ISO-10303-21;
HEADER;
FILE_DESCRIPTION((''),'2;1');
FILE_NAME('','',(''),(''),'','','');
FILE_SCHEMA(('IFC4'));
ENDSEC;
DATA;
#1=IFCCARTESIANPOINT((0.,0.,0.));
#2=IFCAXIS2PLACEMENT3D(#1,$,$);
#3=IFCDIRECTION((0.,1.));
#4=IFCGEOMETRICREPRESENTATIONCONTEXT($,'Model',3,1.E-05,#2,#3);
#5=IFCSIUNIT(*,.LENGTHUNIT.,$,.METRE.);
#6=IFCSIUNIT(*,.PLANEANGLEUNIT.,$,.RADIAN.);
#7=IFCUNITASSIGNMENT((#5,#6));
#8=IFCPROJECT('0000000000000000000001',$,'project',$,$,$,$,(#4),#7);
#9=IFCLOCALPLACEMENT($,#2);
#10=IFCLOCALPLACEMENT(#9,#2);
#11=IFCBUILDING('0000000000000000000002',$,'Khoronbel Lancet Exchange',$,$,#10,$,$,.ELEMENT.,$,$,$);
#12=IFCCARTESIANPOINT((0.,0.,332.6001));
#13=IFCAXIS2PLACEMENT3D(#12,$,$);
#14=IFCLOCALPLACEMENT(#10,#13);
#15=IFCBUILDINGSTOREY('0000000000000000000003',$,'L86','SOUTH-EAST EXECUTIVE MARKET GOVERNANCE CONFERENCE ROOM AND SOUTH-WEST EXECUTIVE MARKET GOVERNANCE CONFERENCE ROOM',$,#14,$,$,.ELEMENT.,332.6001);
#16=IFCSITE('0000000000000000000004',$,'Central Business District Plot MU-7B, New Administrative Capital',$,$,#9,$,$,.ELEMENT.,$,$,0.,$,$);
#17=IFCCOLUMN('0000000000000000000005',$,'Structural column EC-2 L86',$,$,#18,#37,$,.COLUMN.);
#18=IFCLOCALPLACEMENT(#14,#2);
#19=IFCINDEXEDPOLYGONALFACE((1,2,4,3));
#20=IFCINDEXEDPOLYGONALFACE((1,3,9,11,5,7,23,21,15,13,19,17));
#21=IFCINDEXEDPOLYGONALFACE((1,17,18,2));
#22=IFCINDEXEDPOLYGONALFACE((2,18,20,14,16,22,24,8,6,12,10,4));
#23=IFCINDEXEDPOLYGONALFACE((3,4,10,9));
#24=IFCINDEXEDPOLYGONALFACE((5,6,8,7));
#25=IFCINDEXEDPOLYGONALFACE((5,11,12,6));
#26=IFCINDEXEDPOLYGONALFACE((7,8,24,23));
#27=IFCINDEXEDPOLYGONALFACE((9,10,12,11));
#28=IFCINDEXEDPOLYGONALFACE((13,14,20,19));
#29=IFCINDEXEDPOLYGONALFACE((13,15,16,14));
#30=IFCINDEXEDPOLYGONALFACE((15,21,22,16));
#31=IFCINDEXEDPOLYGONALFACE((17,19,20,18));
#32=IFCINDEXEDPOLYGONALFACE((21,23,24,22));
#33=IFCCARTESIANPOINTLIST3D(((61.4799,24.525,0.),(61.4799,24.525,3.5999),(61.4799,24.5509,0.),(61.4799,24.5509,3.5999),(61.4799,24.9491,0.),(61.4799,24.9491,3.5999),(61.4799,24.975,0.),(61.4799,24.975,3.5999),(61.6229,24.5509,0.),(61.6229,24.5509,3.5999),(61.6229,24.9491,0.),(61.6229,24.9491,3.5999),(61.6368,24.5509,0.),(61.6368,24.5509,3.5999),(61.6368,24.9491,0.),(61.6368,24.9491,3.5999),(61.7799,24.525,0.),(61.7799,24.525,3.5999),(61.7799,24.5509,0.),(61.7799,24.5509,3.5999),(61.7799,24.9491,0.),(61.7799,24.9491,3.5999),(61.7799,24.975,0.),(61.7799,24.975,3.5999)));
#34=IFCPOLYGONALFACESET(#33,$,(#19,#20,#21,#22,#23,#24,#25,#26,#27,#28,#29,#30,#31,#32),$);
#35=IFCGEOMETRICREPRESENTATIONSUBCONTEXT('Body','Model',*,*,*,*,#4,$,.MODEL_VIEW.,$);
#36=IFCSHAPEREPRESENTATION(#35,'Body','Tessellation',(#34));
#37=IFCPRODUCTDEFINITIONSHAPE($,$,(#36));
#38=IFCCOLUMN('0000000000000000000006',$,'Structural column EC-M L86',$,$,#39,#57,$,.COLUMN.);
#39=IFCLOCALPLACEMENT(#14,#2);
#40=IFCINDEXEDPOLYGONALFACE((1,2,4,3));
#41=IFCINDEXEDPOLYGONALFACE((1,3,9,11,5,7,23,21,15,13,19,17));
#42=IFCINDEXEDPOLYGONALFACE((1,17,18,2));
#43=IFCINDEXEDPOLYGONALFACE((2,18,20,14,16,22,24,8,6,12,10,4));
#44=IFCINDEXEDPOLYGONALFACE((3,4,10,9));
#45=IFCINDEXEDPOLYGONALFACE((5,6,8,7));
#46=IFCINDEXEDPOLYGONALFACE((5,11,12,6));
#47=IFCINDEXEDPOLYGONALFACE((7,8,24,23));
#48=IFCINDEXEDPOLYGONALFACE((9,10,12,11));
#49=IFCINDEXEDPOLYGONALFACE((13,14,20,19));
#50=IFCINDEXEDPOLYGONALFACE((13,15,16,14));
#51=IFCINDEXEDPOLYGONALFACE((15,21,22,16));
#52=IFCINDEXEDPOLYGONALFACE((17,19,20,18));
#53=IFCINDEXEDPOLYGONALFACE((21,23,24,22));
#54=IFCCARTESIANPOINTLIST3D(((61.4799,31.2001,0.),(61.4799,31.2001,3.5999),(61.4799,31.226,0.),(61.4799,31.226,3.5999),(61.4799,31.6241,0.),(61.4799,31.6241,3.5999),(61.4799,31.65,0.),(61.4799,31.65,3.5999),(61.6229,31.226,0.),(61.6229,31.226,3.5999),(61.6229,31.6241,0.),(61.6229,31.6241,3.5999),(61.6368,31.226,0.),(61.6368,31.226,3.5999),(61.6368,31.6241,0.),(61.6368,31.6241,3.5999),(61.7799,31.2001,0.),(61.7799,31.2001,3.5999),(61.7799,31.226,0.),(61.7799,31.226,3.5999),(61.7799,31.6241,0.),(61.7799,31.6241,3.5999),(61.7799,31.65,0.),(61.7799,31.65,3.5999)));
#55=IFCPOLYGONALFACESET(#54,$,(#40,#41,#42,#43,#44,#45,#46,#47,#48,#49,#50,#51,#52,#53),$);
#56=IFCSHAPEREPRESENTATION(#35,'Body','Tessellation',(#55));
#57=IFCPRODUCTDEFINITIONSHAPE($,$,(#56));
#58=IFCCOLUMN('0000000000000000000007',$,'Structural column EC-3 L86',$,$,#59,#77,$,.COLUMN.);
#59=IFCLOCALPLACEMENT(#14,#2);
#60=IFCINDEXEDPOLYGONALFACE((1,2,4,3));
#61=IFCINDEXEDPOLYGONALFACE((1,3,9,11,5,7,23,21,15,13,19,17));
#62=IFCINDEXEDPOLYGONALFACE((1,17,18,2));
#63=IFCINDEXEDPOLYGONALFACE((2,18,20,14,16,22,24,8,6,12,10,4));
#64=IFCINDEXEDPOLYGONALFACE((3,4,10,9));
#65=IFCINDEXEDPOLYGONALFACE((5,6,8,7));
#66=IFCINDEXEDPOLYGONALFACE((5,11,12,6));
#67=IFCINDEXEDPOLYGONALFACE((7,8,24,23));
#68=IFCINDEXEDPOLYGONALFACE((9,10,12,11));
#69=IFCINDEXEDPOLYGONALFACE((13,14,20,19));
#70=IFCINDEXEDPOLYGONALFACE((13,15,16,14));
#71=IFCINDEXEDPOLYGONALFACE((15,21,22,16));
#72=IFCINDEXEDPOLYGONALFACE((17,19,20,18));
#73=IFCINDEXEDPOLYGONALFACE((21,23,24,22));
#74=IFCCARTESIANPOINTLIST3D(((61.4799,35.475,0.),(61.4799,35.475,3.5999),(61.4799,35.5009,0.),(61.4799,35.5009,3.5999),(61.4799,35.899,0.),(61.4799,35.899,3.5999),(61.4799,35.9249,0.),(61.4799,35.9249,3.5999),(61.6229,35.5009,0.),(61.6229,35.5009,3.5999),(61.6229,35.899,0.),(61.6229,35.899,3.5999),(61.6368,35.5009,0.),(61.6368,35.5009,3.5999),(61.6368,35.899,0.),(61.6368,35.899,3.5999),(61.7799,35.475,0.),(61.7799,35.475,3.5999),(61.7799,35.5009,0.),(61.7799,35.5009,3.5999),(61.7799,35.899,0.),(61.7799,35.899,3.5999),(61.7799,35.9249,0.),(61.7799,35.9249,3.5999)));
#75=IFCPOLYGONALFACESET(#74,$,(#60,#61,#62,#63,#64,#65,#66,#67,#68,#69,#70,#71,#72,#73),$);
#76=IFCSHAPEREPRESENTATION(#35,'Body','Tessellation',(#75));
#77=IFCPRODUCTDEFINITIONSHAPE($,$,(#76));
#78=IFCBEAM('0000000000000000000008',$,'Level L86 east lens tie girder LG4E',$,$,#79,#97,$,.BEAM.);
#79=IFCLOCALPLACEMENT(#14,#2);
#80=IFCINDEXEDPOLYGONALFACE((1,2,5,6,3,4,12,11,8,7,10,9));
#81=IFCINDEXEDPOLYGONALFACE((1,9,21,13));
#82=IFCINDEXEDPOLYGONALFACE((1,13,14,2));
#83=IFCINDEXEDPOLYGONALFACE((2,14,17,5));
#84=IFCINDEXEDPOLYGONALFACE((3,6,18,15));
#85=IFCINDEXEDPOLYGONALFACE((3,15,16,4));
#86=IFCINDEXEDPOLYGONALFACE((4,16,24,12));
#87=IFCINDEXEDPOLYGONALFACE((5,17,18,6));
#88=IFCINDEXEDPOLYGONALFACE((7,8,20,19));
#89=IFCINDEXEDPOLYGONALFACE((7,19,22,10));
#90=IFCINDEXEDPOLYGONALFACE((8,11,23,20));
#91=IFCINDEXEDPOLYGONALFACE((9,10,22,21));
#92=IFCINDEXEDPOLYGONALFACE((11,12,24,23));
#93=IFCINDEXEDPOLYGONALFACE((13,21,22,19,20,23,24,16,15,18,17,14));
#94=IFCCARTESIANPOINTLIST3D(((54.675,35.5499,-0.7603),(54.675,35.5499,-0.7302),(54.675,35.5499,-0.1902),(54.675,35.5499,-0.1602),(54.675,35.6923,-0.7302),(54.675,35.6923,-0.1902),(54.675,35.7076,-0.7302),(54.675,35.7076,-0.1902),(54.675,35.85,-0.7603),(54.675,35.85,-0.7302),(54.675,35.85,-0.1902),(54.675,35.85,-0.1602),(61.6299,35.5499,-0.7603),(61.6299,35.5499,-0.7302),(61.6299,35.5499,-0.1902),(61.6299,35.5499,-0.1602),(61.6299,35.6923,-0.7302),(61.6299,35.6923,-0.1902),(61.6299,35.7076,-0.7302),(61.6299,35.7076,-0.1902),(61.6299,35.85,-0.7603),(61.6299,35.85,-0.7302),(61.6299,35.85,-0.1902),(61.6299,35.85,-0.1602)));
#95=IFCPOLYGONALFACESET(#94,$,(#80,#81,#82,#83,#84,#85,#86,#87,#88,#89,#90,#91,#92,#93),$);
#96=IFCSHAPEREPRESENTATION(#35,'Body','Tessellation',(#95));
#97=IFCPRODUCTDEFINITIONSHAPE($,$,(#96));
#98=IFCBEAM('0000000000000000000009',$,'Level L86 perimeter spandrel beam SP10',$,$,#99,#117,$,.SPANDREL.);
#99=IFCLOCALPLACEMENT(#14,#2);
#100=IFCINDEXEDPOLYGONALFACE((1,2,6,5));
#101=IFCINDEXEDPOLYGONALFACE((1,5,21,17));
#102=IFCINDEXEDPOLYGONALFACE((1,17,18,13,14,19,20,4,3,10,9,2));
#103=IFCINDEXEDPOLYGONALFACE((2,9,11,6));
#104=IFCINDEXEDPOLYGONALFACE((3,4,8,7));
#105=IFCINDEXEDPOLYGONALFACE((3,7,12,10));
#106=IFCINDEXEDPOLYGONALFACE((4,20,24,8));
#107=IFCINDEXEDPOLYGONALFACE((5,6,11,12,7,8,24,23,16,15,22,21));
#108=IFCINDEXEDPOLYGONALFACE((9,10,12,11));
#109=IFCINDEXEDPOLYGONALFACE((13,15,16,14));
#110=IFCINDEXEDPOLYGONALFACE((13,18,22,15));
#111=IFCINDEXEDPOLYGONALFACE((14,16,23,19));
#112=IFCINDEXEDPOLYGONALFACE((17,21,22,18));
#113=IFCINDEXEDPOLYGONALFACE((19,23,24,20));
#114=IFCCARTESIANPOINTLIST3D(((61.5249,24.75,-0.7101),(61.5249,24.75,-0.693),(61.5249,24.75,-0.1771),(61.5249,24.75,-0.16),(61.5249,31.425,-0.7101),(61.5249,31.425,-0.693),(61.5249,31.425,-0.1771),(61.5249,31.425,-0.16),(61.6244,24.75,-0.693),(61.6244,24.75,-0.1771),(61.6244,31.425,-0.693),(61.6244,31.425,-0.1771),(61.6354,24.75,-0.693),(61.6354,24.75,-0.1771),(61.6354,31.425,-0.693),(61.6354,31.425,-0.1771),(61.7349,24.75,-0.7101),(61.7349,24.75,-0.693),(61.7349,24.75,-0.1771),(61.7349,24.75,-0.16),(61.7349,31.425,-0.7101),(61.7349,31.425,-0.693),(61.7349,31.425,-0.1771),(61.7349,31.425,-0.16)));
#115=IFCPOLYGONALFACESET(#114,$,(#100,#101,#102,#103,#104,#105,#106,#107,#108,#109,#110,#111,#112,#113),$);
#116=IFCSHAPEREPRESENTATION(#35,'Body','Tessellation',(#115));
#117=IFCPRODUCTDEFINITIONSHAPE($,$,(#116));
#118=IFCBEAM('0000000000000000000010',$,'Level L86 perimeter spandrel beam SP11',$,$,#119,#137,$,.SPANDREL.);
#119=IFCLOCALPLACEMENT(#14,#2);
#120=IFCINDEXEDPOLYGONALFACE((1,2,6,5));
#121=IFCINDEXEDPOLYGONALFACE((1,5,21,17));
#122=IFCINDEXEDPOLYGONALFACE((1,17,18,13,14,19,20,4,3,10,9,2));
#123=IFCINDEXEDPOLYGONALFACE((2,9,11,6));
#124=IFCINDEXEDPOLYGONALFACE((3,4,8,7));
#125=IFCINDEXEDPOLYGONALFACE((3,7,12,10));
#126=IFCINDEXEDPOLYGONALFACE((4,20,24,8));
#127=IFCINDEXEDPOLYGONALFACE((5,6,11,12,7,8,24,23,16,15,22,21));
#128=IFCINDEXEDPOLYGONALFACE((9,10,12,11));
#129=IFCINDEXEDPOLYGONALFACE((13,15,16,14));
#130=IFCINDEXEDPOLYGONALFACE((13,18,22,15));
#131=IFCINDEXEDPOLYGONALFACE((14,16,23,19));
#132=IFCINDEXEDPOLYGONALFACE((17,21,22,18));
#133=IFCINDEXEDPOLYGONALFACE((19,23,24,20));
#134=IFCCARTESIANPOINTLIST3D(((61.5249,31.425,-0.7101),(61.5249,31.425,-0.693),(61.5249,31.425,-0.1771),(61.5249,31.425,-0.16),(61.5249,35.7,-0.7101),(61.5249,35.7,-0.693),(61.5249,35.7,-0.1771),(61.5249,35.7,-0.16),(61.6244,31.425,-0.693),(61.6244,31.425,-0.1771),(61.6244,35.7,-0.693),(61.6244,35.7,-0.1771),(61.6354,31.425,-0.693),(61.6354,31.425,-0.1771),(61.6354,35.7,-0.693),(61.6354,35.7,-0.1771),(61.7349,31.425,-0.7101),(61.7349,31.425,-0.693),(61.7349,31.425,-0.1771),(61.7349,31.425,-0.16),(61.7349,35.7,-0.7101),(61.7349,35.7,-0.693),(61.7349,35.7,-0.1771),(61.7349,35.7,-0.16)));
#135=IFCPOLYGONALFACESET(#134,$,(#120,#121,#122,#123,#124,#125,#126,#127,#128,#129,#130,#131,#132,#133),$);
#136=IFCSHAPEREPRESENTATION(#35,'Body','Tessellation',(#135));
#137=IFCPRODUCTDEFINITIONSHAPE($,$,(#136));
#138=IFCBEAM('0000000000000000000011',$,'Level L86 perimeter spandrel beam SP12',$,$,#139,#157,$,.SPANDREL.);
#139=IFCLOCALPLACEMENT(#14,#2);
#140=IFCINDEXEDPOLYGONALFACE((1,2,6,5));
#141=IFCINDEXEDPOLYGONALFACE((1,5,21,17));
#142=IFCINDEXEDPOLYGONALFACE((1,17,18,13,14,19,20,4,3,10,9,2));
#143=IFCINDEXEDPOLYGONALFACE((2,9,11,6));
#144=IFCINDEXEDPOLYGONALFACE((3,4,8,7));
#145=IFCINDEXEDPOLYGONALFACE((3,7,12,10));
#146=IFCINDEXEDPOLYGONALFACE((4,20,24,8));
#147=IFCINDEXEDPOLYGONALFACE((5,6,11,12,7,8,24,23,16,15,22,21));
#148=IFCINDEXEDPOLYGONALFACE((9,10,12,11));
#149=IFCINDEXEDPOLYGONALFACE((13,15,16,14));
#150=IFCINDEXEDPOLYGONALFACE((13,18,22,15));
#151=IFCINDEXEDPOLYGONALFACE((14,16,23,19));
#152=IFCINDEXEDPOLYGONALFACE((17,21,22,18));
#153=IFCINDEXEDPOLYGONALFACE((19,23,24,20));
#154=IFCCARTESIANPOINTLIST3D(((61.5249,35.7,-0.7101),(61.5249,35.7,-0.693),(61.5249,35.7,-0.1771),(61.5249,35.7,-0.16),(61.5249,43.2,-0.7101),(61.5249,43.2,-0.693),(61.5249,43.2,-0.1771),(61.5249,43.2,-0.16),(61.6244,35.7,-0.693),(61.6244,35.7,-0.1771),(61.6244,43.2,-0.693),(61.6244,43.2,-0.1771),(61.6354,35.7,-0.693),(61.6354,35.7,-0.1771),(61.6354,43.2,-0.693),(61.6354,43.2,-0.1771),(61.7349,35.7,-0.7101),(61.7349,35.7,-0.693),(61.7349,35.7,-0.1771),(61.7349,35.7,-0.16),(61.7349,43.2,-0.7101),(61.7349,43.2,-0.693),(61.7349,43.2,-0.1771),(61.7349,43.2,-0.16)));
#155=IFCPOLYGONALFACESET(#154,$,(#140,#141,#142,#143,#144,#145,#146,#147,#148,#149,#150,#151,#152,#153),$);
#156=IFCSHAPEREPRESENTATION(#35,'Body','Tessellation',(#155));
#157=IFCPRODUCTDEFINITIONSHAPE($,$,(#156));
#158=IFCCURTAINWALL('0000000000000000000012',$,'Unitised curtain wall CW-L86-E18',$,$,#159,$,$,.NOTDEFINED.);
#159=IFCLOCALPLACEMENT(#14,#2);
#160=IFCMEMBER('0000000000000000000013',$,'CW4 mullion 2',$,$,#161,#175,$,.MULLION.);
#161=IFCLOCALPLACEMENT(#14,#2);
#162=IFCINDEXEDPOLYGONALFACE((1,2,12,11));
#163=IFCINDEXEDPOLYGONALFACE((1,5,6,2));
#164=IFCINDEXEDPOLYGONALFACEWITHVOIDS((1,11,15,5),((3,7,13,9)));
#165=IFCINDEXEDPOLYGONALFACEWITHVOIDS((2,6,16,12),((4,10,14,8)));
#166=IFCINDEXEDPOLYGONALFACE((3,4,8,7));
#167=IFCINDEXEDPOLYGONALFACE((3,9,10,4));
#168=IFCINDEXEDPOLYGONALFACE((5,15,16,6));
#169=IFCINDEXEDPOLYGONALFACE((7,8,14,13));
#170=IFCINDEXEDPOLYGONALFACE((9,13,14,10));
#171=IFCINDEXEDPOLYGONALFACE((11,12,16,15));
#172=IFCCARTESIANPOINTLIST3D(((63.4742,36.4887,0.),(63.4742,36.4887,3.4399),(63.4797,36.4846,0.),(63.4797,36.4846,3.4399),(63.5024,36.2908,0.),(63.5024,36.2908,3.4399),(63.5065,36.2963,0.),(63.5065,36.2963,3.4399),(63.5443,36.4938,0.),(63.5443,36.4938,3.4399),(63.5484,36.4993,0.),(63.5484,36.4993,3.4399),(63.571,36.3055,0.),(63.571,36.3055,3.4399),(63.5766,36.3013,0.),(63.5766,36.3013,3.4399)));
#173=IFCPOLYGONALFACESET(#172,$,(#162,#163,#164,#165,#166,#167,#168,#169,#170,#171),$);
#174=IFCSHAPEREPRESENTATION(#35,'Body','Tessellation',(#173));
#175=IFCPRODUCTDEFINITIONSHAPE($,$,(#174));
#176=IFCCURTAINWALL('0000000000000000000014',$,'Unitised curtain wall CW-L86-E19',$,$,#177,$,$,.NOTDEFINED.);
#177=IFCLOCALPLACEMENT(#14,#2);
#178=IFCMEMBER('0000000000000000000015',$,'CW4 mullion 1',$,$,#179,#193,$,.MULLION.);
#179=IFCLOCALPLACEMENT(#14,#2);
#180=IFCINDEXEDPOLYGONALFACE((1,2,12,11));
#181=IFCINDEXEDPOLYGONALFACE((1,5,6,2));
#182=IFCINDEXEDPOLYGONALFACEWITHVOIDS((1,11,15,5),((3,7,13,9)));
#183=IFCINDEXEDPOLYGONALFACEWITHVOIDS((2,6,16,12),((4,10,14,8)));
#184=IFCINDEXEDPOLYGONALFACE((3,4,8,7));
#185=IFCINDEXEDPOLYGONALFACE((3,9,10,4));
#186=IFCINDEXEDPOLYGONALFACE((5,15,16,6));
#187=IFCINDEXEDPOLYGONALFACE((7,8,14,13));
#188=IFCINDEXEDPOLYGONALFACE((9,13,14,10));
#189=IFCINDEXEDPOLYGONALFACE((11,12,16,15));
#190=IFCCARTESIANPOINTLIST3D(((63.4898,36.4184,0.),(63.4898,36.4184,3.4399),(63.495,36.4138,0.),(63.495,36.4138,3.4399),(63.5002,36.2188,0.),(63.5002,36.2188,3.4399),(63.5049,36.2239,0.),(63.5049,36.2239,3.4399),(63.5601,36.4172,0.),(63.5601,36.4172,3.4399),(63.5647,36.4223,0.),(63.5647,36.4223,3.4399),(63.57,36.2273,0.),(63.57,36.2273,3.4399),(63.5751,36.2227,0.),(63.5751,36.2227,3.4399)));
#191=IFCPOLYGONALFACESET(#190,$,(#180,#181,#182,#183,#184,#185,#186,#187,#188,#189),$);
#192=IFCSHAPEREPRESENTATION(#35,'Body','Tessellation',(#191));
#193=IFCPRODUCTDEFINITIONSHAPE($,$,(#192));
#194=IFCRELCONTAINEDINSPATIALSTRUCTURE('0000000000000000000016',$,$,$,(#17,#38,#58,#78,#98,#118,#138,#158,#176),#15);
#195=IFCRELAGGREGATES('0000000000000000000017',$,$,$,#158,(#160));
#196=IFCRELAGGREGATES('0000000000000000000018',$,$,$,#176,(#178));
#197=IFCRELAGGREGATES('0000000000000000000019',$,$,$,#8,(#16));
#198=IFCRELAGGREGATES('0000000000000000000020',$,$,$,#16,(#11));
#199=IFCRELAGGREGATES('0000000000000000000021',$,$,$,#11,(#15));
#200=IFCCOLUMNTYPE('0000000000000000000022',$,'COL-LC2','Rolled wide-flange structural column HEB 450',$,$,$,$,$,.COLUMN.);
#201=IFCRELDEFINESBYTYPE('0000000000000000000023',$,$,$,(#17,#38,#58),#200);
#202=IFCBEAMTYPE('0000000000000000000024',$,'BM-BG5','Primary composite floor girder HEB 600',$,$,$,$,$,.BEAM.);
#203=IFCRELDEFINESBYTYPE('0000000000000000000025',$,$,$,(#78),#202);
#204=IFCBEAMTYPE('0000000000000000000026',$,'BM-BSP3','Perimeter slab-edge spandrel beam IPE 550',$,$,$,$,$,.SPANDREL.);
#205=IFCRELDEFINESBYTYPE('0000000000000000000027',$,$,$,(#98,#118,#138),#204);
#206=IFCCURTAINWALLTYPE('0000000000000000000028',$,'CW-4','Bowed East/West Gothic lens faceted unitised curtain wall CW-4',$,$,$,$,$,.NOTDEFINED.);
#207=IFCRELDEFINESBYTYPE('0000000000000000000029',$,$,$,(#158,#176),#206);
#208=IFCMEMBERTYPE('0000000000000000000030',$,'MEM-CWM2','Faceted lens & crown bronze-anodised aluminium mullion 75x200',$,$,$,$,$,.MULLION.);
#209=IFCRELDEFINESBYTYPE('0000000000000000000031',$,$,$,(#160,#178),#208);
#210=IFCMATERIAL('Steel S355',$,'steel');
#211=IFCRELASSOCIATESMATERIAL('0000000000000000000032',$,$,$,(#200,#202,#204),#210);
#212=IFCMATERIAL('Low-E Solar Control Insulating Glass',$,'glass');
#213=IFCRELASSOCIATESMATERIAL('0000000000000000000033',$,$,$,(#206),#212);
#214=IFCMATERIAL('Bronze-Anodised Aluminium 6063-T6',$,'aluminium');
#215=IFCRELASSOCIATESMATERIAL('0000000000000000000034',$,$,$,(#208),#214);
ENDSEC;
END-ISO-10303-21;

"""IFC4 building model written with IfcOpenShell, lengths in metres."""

from ifc_helpers import new_model, si_unit, direction, frame, origin, origin_2d, place, context, subcontext, project, spatial, hollow_rectangle, i_section, extrude, material, material_profile, profile_set, type_object, element, aggregate, save


model = new_model("IFC4")

# Units and contexts
model_context = context("Model", 3, precision=1e-05, world=origin(), true_north=direction((0.0, 1.0)))
body_context = subcontext(model_context, "Body", "Model", "MODEL_VIEW")
ifc_project = project(units=[si_unit("LENGTHUNIT", "METRE"), si_unit("PLANEANGLEUNIT", "RADIAN")], contexts=[model_context])

# Site, building, storey
site_placement = place(None, origin())
site = spatial("IfcSite", under=ifc_project, at=site_placement, Name="Central Business District Plot MU-7B, New Administrative Capital", CompositionType="ELEMENT", RefElevation=0.0)
building_placement = place(site_placement, origin())
building = spatial("IfcBuilding", under=site, at=building_placement, Name="Khoronbel Lancet Exchange", CompositionType="ELEMENT")
storey_placement = place(building_placement, frame((0.0, 0.0, 332.6001)))
storey = spatial("IfcBuildingStorey", under=building, at=storey_placement, Name="L86", Description="SOUTH-EAST EXECUTIVE MARKET GOVERNANCE CONFERENCE ROOM AND SOUTH-WEST EXECUTIVE MARKET GOVERNANCE CONFERENCE ROOM", CompositionType="ELEMENT", Elevation=332.6001)

# Columns
ifc_material_1 = material(Name="Steel S355", Category="steel")
ifc_material_profile_1 = material_profile(ifc_material_1, i_section(OverallWidth=0.3, OverallDepth=0.45, WebThickness=0.0139, FlangeThickness=0.0259, at=origin_2d()), Name="HEB 450")
ifc_profile_set_1 = profile_set([ifc_material_profile_1], Name="Steel S355")
column_type = type_object("IfcColumnType", Name="COL-LC2", Description="Rolled wide-flange structural column HEB 450", PredefinedType="COLUMN", material=ifc_profile_set_1)
for number, where, z_axis, x_axis, name in (
    (1, (61.6299, 24.75, 0.0), (0.0, 0.0, 1.0), (1.0, 0.0, 0.0), "Structural column EC-2 L86"),
    (2, (61.6299, 31.425, 0.0), (0.0, 0.0, 1.0), (1.0, 0.0, 0.0), "Structural column EC-M L86"),
    (3, (61.6299, 35.7, 0.0), (0.0, 0.0, 1.0), (1.0, 0.0, 0.0), "Structural column EC-3 L86"),
):
    element("IfcColumn", number, at=place(storey_placement, frame(where, z_axis=z_axis, x_axis=x_axis)), inside=storey, type_object=column_type, Name=name, PredefinedType="COLUMN", context=body_context, shape_type="SweptSolid", body=[
        extrude(i_section(OverallWidth=0.3, OverallDepth=0.45, WebThickness=0.0139, FlangeThickness=0.0259, at=origin_2d()), origin(), (0.0, 0.0, 1.0), 3.5999),
    ])

# Beams
ifc_material_profile_2 = material_profile(ifc_material_1, i_section(OverallWidth=0.3, OverallDepth=0.6001, WebThickness=0.0154, FlangeThickness=0.03, at=origin_2d()), Name="HEB 600")
ifc_profile_set_2 = profile_set([ifc_material_profile_2], Name="Steel S355")
beam_type_1 = type_object("IfcBeamType", Name="BM-BG5", Description="Primary composite floor girder HEB 600", PredefinedType="BEAM", material=ifc_profile_set_2)
beam_1_placement = place(storey_placement, frame((54.675, 35.7, -0.4602), z_axis=(1.0, 0.0, 0.0), x_axis=(0.0, 1.0, 0.0)))
element("IfcBeam", 4, at=beam_1_placement, inside=storey, type_object=beam_type_1, Name="Level L86 east lens tie girder LG4E", PredefinedType="BEAM", context=body_context, shape_type="SweptSolid", body=[
    extrude(i_section(OverallWidth=0.3, OverallDepth=0.6001, WebThickness=0.0154, FlangeThickness=0.03, at=origin_2d()), origin(), (0.0, 0.0, 1.0), 6.9548),
])
ifc_material_profile_3 = material_profile(ifc_material_1, i_section(OverallWidth=0.21, OverallDepth=0.55, WebThickness=0.011, FlangeThickness=0.0171, at=origin_2d()), Name="IPE 550")
ifc_profile_set_3 = profile_set([ifc_material_profile_3], Name="Steel S355")
beam_type_2 = type_object("IfcBeamType", Name="BM-BSP3", Description="Perimeter slab-edge spandrel beam IPE 550", PredefinedType="SPANDREL", material=ifc_profile_set_3)
beam_2_placement = place(storey_placement, frame((61.6299, 24.75, -0.4351), z_axis=(0.0, 1.0, 0.0), x_axis=(-1.0, 0.0, 0.0)))
element("IfcBeam", 5, at=beam_2_placement, inside=storey, type_object=beam_type_2, Name="Level L86 perimeter spandrel beam SP10", PredefinedType="SPANDREL", context=body_context, shape_type="SweptSolid", body=[
    extrude(i_section(OverallWidth=0.21, OverallDepth=0.55, WebThickness=0.011, FlangeThickness=0.0171, at=origin_2d()), origin(), (0.0, 0.0, 1.0), 6.675),
])
beam_3_placement = place(storey_placement, frame((61.6299, 31.425, -0.4351), z_axis=(0.0, 1.0, 0.0), x_axis=(-1.0, 0.0, 0.0)))
element("IfcBeam", 6, at=beam_3_placement, inside=storey, type_object=beam_type_2, Name="Level L86 perimeter spandrel beam SP11", PredefinedType="SPANDREL", context=body_context, shape_type="SweptSolid", body=[
    extrude(i_section(OverallWidth=0.21, OverallDepth=0.55, WebThickness=0.011, FlangeThickness=0.0171, at=origin_2d()), origin(), (0.0, 0.0, 1.0), 4.2749),
])
beam_4_placement = place(storey_placement, frame((61.6299, 35.7, -0.4351), z_axis=(0.0, 1.0, 0.0), x_axis=(-1.0, 0.0, 0.0)))
element("IfcBeam", 7, at=beam_4_placement, inside=storey, type_object=beam_type_2, Name="Level L86 perimeter spandrel beam SP12", PredefinedType="SPANDREL", context=body_context, shape_type="SweptSolid", body=[
    extrude(i_section(OverallWidth=0.21, OverallDepth=0.55, WebThickness=0.011, FlangeThickness=0.0171, at=origin_2d()), origin(), (0.0, 0.0, 1.0), 7.5),
])

# Curtain wall, member
ifc_material_2 = material(Name="Low-E Solar Control Insulating Glass", Category="glass")
curtain_wall_type = type_object("IfcCurtainWallType", Name="CW-4", Description="Bowed East/West Gothic lens faceted unitised curtain wall CW-4", PredefinedType="NOTDEFINED", material=ifc_material_2)
curtain_wall_1_placement = place(storey_placement, origin())
curtain_wall_1 = element("IfcCurtainWall", 8, at=curtain_wall_1_placement, inside=storey, type_object=curtain_wall_type, Name="Unitised curtain wall CW-L86-E18", PredefinedType="NOTDEFINED")
ifc_material_3 = material(Name="Bronze-Anodised Aluminium 6063-T6", Category="aluminium")
ifc_material_profile_4 = material_profile(ifc_material_3, hollow_rectangle(XDim=0.075, YDim=0.2, WallThickness=0.0049, at=origin_2d()), Name="ALU MULLION 75x200")
ifc_profile_set_4 = profile_set([ifc_material_profile_4], Name="Bronze-Anodised Aluminium 6063-T6")
member_type_1 = type_object("IfcMemberType", Name="MEM-CWM2", Description="Faceted lens & crown bronze-anodised aluminium mullion 75x200", PredefinedType="MULLION", material=ifc_profile_set_4)
member_1_placement = place(storey_placement, frame((63.5254, 36.395, 0.0), z_axis=(0.0, 0.0, 1.0), x_axis=(0.990038, 0.140803, 0.0)))
member_1 = element("IfcMember", 9, at=member_1_placement, type_object=member_type_1, Name="CW4 mullion 2", PredefinedType="MULLION", context=body_context, shape_type="SweptSolid", body=[
    extrude(hollow_rectangle(XDim=0.075, YDim=0.2, WallThickness=0.0049, at=origin_2d()), origin(), (0.0, 0.0, 1.0), 3.4399),
])
aggregate(curtain_wall_1, [member_1])

# Curtain wall, member
curtain_wall_2_placement = place(storey_placement, origin())
curtain_wall_2 = element("IfcCurtainWall", 10, at=curtain_wall_2_placement, inside=storey, type_object=curtain_wall_type, Name="Unitised curtain wall CW-L86-E19", PredefinedType="NOTDEFINED")
member_2_placement = place(storey_placement, frame((63.5325, 36.3206, 0.0), z_axis=(0.0, 0.0, 1.0), x_axis=(0.998648, 0.051991, 0.0)))
member_2 = element("IfcMember", 11, at=member_2_placement, type_object=member_type_1, Name="CW4 mullion 1", PredefinedType="MULLION", context=body_context, shape_type="SweptSolid", body=[
    extrude(hollow_rectangle(XDim=0.075, YDim=0.2, WallThickness=0.0049, at=origin_2d()), origin(), (0.0, 0.0, 1.0), 3.4399),
])

aggregate(curtain_wall_2, [member_2])

save(model, "model.ifc")
